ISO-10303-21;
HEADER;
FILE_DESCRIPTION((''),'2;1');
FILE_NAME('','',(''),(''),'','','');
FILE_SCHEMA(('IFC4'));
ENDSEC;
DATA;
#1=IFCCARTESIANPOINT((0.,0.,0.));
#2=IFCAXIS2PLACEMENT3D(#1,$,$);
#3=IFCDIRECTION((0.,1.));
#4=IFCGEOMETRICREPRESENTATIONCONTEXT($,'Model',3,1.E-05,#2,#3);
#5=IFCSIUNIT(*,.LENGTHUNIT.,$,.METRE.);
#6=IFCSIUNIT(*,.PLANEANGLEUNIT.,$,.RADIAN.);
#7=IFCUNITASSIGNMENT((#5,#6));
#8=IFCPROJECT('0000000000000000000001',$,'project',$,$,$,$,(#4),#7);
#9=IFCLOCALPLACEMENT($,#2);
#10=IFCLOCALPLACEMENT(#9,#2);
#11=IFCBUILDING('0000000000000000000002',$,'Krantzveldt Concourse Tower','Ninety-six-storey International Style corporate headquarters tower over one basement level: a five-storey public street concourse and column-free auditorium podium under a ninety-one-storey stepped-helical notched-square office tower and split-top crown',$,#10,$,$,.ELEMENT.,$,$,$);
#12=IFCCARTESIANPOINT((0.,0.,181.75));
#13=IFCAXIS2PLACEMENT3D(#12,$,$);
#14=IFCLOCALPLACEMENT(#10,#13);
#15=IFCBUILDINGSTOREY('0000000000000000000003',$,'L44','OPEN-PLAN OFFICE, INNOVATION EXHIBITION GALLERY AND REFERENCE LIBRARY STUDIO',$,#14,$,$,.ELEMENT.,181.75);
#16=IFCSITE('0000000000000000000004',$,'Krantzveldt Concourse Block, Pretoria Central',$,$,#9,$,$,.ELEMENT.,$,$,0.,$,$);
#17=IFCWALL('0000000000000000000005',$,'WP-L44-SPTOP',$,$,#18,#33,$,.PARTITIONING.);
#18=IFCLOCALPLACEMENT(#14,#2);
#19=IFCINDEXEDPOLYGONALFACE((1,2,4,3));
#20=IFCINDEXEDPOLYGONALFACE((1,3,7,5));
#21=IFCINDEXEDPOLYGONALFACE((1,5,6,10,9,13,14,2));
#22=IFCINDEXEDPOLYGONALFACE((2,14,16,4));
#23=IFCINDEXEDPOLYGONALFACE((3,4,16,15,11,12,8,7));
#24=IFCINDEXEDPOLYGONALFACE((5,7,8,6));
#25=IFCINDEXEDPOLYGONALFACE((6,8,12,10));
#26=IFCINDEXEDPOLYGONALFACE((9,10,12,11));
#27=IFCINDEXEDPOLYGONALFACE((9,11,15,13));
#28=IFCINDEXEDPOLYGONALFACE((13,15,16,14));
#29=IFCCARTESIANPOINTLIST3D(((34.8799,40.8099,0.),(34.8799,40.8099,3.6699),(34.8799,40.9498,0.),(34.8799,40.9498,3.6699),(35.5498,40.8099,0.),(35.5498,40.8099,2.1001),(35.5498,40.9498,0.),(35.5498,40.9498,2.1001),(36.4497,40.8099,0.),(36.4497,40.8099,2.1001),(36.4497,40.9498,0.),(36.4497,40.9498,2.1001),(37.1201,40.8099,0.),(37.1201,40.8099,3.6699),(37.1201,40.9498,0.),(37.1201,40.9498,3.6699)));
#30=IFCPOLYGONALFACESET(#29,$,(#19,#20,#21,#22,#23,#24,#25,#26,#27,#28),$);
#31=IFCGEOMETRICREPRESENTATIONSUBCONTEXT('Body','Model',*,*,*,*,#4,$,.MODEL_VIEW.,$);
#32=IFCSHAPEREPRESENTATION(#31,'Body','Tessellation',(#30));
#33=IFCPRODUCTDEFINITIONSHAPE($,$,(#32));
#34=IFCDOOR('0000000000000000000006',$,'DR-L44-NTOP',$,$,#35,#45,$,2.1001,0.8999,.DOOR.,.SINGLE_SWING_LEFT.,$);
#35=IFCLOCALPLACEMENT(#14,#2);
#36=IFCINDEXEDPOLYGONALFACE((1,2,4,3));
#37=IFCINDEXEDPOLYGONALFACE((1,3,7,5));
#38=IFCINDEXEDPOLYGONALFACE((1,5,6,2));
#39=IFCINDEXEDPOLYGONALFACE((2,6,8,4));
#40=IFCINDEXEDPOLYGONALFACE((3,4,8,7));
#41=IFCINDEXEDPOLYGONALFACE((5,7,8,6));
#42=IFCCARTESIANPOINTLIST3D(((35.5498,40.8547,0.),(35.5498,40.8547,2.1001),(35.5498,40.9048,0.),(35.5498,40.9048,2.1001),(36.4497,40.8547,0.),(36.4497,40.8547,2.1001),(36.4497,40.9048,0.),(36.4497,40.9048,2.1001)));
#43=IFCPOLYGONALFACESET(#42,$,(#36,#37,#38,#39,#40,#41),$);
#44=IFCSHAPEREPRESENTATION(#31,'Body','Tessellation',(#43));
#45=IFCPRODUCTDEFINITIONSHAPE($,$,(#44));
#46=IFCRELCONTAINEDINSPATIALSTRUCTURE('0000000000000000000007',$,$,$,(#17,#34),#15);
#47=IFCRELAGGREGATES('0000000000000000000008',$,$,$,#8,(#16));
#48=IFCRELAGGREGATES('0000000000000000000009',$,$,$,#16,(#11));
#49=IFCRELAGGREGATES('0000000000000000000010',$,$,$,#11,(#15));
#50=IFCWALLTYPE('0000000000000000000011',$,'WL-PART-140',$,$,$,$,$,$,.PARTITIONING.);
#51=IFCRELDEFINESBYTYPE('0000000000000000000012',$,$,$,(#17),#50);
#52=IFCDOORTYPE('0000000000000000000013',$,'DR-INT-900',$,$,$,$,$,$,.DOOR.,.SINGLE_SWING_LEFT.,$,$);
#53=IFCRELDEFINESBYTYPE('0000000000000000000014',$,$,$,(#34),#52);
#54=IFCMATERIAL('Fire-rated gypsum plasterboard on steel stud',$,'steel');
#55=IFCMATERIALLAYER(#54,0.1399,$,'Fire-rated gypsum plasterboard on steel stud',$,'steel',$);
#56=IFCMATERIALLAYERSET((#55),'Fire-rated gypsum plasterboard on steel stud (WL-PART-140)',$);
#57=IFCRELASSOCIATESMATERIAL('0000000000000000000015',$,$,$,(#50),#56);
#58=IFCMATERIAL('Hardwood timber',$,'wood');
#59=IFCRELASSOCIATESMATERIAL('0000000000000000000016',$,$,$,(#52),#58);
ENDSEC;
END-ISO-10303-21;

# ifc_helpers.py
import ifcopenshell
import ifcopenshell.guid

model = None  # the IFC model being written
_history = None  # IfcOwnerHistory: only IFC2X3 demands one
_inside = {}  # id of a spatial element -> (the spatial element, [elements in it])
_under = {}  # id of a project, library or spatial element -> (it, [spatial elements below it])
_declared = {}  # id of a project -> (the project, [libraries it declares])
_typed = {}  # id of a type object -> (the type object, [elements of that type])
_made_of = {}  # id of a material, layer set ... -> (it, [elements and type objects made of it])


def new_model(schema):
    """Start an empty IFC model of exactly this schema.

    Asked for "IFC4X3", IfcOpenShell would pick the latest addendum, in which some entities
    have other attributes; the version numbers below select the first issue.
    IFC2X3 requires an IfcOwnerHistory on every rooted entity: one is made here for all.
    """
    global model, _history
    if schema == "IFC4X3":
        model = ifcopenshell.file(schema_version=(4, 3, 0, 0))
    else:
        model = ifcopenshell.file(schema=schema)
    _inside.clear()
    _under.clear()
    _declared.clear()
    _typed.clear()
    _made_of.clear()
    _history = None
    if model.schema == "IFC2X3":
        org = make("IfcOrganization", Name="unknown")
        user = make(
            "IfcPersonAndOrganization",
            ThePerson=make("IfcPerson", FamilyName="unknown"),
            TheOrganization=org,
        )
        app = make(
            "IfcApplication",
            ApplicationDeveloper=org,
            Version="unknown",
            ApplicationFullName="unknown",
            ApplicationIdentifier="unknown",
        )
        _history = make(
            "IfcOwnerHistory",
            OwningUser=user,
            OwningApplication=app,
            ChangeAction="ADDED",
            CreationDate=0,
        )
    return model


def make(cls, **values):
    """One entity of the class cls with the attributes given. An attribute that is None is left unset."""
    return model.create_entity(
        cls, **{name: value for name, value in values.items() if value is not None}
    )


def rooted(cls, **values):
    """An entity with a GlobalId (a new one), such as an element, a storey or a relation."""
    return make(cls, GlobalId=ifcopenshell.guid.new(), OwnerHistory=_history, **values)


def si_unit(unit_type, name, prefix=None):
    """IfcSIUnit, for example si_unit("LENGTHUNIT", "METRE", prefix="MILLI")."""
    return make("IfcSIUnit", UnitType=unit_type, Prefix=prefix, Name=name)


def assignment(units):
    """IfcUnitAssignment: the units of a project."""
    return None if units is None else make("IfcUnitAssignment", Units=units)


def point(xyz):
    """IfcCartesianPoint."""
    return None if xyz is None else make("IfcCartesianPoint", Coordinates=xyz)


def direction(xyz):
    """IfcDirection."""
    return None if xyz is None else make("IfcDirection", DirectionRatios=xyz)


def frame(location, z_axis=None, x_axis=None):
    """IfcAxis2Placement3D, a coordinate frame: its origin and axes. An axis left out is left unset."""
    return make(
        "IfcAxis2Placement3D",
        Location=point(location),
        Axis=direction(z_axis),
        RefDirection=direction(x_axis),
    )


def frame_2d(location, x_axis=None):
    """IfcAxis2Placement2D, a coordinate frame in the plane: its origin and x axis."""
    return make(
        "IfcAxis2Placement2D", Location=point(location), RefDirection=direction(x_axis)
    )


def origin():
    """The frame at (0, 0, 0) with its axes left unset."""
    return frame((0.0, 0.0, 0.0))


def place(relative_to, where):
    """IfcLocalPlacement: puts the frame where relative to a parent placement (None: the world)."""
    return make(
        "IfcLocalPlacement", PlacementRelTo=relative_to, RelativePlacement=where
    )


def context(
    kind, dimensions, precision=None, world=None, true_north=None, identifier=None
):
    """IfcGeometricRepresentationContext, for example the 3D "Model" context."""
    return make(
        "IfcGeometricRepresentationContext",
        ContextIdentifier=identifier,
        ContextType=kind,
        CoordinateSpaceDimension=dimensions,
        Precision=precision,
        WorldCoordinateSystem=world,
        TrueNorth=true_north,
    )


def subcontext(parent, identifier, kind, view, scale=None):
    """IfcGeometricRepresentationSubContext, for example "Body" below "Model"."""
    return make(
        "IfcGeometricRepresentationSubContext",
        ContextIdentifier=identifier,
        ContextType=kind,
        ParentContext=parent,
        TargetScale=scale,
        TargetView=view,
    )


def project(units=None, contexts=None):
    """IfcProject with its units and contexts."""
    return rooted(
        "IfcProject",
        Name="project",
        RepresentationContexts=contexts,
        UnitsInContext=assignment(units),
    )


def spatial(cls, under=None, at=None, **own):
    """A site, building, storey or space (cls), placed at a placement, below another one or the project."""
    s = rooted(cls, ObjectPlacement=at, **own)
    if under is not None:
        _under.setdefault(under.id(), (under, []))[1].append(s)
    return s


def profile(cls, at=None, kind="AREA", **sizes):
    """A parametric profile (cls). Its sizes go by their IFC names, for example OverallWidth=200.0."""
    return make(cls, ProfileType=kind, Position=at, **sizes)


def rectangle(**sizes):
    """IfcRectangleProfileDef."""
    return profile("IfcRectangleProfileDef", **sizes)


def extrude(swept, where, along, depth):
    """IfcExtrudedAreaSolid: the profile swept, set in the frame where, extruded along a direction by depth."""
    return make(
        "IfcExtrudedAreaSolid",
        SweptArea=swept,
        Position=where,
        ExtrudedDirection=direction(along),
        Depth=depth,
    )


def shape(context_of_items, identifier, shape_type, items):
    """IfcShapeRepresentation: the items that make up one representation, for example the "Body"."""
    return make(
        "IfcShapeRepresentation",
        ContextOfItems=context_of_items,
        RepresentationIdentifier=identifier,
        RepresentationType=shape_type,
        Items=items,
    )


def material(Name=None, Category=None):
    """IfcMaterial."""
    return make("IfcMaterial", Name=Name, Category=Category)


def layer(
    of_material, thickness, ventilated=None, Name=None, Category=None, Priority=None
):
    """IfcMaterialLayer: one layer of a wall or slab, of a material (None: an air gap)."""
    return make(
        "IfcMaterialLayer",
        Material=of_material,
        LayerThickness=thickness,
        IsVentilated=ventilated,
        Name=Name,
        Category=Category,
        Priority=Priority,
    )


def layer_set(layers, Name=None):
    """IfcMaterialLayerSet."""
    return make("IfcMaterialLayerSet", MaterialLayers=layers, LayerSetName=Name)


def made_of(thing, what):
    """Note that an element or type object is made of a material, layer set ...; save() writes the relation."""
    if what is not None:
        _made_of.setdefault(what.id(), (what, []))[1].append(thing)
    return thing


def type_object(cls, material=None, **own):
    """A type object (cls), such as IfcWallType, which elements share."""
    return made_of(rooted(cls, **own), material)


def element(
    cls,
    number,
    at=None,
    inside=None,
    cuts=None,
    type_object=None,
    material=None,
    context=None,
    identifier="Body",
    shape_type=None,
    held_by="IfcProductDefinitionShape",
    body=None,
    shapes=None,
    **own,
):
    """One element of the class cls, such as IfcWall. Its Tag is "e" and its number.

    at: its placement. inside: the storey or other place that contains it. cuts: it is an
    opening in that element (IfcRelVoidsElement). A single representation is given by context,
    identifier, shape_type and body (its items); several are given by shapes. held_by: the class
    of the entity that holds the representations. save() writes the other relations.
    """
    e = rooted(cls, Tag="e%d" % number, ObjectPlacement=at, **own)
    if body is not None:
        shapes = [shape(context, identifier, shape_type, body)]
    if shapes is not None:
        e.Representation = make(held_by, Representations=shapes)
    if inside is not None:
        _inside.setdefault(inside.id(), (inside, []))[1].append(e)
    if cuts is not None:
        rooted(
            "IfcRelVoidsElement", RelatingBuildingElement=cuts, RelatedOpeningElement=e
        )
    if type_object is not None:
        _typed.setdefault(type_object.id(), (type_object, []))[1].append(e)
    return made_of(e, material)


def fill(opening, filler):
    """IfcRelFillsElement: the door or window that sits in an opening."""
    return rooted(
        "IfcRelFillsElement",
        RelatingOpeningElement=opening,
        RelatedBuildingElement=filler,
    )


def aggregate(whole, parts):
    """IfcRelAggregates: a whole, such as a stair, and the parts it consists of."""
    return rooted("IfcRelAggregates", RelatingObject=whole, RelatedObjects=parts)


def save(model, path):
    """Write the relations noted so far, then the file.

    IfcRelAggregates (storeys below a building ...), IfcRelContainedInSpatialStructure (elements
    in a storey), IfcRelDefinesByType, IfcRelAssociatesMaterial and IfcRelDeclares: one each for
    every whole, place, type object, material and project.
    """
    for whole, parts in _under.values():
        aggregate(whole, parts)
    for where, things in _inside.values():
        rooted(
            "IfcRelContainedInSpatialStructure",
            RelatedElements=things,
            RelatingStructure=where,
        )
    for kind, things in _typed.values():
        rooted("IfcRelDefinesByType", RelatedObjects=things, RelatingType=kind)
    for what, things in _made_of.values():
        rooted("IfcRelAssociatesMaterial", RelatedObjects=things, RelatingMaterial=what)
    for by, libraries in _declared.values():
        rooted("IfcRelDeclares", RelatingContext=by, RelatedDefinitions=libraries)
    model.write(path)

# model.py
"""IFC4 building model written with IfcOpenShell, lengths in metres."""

from ifc_helpers import new_model, si_unit, direction, frame, frame_2d, origin, place, context, subcontext, project, spatial, rectangle, extrude, material, layer, layer_set, type_object, element, fill, save


model = new_model("IFC4")

# Units and contexts
model_context = context("Model", 3, precision=1e-05, world=origin(), true_north=direction((0.0, 1.0)))
body_context = subcontext(model_context, "Body", "Model", "MODEL_VIEW")
ifc_project = project(units=[si_unit("LENGTHUNIT", "METRE"), si_unit("PLANEANGLEUNIT", "RADIAN")], contexts=[model_context])

# Site, building, storey
site_placement = place(None, origin())
site = spatial("IfcSite", under=ifc_project, at=site_placement, Name="Krantzveldt Concourse Block, Pretoria Central", CompositionType="ELEMENT", RefElevation=0.0)
building_placement = place(site_placement, origin())
building = spatial("IfcBuilding", under=site, at=building_placement, Name="Krantzveldt Concourse Tower", Description="Ninety-six-storey International Style corporate headquarters tower over one basement level: a five-storey public street concourse and column-free auditorium podium under a ninety-one-storey stepped-helical notched-square office tower and split-top crown", CompositionType="ELEMENT")
storey_placement = place(building_placement, frame((0.0, 0.0, 181.75)))
storey = spatial("IfcBuildingStorey", under=building, at=storey_placement, Name="L44", Description="OPEN-PLAN OFFICE, INNOVATION EXHIBITION GALLERY AND REFERENCE LIBRARY STUDIO", CompositionType="ELEMENT", Elevation=181.75)

# Shared definitions
ifc_material_1 = material(Name="Fire-rated gypsum plasterboard on steel stud", Category="steel")

# Wall, opening, door
ifc_layer_1 = layer(ifc_material_1, 0.1399, Name="Fire-rated gypsum plasterboard on steel stud", Category="steel")
ifc_layer_set_1 = layer_set([ifc_layer_1], Name="Fire-rated gypsum plasterboard on steel stud (WL-PART-140)")
wall_type_1 = type_object("IfcWallType", Name="WL-PART-140", PredefinedType="PARTITIONING", material=ifc_layer_set_1)
wall_1_placement = place(storey_placement, frame((34.8799, 40.8799, 0.0), z_axis=(0.0, 0.0, 1.0), x_axis=(1.0, 0.0, 0.0)))
wall_1 = element("IfcWall", 1, at=wall_1_placement, inside=storey, type_object=wall_type_1, Name="WP-L44-SPTOP", PredefinedType="PARTITIONING", context=body_context, shape_type="SweptSolid", body=[
    extrude(rectangle(XDim=2.2402, YDim=0.1399, at=frame_2d((1.1201, 0.0))), origin(), (0.0, 0.0, 1.0), 3.6699),
])
opening_placement = place(wall_1_placement, frame((0.6699, 0.0, 0.0)))
opening = element("IfcOpeningElement", 2, at=opening_placement, cuts=wall_1, PredefinedType="OPENING", context=body_context, shape_type="SweptSolid", body=[
    extrude(rectangle(XDim=0.8999, YDim=2.1001, at=frame_2d((0.45, 1.05))), frame((0.0, 0.0801, 0.0), z_axis=(0.0, -1.0, 0.0), x_axis=(1.0, 0.0, 0.0)), (0.0, 0.0, 1.0), 0.1599),
])
ifc_material_2 = material(Name="Hardwood timber", Category="wood")
door_type = type_object("IfcDoorType", Name="DR-INT-900", OperationType="SINGLE_SWING_LEFT", PredefinedType="DOOR", material=ifc_material_2)
door_placement = place(opening_placement, origin())
door = element("IfcDoor", 3, at=door_placement, inside=storey, type_object=door_type, Name="DR-L44-NTOP", OperationType="SINGLE_SWING_LEFT", OverallHeight=2.1001, OverallWidth=0.8999, PredefinedType="DOOR", context=body_context, shape_type="SweptSolid", body=[
    extrude(rectangle(XDim=0.8999, YDim=2.1001, at=frame_2d((0.45, 1.05))), frame((0.0, 0.0249, 0.0), z_axis=(0.0, -1.0, 0.0), x_axis=(1.0, 0.0, 0.0)), (0.0, 0.0, 1.0), 0.05),
])
fill(opening, door)

save(model, "model.ifc")
